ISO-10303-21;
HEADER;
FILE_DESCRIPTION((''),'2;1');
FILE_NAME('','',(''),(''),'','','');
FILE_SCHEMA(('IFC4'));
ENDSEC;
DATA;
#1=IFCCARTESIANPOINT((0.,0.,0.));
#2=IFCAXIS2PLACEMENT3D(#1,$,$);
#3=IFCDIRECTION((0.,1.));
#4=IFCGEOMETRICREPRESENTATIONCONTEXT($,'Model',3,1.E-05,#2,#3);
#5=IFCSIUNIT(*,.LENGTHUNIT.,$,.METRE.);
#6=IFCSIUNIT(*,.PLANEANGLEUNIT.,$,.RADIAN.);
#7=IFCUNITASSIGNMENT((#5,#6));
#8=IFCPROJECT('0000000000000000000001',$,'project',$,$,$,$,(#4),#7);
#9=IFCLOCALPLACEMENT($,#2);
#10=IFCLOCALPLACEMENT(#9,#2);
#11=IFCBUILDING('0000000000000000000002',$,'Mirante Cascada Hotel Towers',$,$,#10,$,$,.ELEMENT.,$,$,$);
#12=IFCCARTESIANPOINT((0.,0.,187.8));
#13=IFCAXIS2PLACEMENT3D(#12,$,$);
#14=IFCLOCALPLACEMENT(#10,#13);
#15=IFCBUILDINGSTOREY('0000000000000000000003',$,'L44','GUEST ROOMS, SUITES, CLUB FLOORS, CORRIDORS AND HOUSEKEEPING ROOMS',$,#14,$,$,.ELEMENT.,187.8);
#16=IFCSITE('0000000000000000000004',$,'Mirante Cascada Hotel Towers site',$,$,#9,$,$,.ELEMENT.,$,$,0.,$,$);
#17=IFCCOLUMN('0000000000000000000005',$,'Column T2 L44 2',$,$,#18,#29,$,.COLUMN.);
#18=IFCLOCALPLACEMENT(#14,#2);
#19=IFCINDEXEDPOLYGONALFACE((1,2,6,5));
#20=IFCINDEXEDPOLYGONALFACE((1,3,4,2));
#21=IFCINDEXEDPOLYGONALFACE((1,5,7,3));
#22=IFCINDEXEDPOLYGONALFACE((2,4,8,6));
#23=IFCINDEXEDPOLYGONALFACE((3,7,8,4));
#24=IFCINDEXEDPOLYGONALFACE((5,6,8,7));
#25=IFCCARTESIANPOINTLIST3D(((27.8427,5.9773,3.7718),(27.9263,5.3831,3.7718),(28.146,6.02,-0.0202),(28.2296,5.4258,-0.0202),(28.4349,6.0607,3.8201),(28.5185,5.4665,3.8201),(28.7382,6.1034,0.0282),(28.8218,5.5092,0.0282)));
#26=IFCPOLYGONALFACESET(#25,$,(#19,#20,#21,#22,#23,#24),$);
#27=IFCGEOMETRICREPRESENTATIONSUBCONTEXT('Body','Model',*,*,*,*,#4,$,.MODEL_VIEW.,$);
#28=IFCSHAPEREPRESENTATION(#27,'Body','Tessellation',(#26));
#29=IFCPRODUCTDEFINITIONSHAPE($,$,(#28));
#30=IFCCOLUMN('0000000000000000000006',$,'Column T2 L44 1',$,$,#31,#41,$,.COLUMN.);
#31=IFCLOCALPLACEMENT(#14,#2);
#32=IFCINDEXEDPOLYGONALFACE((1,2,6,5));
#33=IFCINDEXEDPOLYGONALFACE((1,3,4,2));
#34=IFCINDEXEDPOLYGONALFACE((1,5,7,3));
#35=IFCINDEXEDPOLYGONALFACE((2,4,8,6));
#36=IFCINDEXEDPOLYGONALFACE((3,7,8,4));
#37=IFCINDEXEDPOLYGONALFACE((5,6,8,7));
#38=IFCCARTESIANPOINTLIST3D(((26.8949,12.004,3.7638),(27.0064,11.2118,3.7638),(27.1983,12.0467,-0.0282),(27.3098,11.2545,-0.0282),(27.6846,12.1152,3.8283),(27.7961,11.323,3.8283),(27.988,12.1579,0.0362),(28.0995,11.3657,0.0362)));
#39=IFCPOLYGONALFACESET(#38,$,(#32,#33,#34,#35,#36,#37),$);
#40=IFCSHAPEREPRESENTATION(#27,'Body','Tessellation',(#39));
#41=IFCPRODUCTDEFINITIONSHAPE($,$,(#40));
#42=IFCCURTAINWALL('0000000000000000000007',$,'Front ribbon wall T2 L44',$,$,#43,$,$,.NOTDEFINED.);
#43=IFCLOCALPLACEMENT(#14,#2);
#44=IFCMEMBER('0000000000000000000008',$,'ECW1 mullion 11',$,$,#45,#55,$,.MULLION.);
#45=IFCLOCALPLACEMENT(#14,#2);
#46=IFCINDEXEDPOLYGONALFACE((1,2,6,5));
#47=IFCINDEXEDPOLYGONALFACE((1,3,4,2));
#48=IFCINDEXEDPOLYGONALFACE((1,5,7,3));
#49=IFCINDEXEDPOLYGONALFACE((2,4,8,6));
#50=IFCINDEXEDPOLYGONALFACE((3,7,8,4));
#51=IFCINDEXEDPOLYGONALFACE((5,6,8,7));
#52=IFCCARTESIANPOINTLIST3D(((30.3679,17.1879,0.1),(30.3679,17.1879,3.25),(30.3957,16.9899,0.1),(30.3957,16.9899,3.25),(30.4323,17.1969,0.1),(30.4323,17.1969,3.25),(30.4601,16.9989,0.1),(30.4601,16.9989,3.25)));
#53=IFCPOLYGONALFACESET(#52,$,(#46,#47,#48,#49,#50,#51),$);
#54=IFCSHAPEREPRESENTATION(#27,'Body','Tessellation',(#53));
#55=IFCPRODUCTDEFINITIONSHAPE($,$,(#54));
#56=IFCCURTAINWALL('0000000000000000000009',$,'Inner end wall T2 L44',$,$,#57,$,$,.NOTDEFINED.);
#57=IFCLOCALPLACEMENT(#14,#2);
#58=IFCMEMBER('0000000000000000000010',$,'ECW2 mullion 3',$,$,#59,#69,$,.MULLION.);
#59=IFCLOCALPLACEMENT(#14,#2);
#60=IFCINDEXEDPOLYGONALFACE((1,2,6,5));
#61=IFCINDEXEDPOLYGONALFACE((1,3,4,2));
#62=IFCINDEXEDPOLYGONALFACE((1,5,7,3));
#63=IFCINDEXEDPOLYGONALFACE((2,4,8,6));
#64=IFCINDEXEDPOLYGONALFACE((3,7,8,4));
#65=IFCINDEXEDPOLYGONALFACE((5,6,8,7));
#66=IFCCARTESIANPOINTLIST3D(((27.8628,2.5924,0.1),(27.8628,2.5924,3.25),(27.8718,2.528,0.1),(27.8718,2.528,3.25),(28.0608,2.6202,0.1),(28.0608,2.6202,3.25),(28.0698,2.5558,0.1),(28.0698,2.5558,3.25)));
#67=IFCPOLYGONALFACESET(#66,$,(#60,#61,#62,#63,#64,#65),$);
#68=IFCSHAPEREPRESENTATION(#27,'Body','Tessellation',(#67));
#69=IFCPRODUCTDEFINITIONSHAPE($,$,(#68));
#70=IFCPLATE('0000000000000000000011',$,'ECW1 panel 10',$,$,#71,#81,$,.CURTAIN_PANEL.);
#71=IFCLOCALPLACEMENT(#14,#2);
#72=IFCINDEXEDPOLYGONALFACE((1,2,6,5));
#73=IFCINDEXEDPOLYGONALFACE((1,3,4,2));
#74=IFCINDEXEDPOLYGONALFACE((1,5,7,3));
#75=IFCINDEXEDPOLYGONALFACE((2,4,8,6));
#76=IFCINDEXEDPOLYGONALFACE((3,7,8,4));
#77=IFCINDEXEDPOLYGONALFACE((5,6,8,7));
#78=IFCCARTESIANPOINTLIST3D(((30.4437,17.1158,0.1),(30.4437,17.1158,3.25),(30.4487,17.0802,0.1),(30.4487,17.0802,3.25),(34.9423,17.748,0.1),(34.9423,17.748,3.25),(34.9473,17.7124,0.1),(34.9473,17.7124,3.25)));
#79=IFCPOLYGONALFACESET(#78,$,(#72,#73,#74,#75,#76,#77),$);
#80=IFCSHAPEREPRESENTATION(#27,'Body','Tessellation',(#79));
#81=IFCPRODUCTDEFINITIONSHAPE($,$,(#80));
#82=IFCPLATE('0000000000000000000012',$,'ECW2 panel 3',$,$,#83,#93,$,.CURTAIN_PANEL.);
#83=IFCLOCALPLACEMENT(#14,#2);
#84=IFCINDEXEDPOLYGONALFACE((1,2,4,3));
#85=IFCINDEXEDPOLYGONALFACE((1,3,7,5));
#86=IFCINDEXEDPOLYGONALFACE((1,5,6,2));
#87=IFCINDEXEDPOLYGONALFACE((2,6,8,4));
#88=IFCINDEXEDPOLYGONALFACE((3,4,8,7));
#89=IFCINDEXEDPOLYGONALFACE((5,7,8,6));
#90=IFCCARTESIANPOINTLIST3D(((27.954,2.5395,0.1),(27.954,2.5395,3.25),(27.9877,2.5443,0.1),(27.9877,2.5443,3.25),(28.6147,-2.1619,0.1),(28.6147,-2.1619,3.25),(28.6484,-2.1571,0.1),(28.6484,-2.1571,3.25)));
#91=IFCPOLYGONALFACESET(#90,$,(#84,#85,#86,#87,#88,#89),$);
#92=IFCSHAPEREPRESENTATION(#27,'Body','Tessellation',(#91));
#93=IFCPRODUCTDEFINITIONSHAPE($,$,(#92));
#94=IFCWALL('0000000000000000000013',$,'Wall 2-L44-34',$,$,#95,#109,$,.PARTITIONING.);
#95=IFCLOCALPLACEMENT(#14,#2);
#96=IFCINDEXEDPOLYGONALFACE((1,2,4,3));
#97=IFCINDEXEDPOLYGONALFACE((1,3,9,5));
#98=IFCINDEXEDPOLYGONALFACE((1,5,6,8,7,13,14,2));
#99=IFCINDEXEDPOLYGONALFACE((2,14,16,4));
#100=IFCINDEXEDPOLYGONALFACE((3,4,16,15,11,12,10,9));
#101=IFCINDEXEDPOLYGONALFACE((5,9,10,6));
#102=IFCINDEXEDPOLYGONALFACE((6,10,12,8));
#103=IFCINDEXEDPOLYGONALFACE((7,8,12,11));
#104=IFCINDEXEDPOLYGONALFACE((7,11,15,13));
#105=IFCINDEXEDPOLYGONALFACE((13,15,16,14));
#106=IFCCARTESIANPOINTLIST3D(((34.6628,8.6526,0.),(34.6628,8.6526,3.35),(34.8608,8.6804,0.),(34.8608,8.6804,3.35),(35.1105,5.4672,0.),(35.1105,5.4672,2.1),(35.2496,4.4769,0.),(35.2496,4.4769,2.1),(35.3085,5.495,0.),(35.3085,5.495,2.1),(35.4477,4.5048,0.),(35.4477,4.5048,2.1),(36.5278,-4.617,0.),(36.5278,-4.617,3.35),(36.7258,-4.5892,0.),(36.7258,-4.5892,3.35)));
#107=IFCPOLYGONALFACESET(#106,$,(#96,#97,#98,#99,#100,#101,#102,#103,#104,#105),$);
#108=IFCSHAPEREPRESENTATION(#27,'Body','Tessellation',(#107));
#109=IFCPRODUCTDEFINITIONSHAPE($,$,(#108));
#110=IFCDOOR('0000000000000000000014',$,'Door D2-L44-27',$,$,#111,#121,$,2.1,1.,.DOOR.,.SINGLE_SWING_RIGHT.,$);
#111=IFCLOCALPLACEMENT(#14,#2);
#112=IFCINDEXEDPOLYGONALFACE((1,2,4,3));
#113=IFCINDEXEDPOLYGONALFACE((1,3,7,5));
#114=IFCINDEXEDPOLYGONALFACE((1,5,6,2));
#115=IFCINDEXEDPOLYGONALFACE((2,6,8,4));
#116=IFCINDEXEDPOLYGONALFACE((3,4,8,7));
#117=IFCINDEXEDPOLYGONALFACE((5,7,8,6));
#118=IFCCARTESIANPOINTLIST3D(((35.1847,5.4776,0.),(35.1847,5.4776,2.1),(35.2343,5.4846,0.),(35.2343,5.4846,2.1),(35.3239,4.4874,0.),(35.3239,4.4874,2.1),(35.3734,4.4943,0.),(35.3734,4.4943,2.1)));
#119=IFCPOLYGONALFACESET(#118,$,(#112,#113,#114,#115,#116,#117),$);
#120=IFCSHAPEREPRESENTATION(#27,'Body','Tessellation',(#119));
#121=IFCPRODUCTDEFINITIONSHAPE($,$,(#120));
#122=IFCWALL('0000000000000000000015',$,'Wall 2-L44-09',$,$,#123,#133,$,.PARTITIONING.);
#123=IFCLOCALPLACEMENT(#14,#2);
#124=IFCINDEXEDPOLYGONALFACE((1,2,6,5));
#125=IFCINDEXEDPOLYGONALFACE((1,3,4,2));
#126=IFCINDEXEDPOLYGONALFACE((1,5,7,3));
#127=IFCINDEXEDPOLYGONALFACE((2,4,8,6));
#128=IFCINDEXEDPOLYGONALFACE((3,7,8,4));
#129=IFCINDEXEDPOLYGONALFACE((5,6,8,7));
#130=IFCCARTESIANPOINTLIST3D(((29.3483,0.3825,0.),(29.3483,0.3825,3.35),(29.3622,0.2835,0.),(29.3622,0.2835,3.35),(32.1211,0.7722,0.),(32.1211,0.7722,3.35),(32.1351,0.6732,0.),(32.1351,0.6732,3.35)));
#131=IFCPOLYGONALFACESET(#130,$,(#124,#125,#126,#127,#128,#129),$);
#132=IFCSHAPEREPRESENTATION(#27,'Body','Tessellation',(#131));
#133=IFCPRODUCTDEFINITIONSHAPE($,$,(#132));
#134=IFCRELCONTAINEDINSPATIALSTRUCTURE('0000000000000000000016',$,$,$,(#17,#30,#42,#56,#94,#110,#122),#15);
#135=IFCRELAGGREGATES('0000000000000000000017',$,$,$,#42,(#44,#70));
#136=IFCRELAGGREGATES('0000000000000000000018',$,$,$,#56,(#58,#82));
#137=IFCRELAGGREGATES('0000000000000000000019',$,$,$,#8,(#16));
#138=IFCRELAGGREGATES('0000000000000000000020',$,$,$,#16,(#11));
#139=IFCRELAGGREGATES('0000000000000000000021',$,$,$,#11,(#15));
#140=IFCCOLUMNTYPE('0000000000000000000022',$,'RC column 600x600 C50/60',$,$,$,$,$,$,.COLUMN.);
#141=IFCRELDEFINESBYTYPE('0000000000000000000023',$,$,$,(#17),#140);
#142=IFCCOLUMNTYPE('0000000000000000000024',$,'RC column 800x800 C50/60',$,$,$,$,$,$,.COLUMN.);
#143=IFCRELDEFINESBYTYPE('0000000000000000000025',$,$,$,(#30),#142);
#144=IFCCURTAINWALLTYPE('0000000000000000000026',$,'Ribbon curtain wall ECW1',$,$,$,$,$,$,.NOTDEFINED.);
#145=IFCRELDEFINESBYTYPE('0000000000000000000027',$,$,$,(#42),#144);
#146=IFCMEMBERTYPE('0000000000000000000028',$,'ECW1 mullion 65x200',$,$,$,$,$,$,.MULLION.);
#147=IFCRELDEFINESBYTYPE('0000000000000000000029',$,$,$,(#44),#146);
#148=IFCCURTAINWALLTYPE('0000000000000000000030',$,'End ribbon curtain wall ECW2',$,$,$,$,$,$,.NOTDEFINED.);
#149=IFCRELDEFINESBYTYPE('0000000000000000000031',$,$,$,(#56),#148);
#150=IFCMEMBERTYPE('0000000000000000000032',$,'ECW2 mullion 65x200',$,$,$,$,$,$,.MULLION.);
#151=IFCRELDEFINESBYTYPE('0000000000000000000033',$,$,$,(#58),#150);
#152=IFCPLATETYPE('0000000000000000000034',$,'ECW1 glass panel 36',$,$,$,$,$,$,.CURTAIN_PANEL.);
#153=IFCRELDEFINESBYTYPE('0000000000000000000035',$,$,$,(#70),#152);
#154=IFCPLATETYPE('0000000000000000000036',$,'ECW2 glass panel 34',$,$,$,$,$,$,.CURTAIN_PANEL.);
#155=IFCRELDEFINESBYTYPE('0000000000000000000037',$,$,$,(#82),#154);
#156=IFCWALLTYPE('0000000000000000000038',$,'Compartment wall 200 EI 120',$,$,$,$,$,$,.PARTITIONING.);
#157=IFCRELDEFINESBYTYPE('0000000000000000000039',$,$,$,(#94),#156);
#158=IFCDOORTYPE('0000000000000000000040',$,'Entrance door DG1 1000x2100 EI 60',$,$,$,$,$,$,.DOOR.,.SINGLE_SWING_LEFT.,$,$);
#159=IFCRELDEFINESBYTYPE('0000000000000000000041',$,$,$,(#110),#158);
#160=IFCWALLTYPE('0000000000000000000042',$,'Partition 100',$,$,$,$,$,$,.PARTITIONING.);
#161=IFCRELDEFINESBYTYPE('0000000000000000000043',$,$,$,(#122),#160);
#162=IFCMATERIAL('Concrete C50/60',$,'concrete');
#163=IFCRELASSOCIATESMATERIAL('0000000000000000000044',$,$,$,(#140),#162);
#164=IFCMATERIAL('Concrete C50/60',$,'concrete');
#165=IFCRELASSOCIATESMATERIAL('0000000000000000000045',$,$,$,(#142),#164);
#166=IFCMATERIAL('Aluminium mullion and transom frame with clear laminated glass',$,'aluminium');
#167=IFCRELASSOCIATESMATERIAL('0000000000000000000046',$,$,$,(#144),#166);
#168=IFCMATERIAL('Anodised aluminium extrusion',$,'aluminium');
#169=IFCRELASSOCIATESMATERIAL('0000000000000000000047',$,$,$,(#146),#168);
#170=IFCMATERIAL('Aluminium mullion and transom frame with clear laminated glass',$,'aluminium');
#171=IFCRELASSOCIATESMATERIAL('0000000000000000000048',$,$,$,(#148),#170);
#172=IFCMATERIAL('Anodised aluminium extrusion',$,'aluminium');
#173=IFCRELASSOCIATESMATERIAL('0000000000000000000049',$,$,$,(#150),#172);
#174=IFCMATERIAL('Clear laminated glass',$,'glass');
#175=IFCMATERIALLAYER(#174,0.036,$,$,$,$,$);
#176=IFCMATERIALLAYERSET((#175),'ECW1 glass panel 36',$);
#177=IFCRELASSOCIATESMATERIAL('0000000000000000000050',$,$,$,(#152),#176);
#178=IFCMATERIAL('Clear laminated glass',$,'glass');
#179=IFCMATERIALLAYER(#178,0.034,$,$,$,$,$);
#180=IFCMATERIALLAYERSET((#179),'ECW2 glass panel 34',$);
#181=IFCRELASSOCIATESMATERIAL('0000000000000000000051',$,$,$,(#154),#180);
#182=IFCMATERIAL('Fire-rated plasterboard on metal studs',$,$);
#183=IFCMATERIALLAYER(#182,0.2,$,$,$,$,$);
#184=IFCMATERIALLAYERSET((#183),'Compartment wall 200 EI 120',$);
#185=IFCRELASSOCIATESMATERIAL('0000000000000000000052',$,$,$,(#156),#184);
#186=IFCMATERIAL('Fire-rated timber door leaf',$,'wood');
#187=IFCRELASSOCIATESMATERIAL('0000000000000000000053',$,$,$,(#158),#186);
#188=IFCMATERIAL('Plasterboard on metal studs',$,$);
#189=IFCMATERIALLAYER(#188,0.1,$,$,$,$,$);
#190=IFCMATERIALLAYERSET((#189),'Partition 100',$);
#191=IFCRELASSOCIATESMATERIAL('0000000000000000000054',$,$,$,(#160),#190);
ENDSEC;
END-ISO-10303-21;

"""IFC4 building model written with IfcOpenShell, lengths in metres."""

from ifc_helpers import new_model, si_unit, direction, frame, frame_2d, origin, origin_2d, place, context, subcontext, project, spatial, rectangle, extrude, material, layer, layer_set, material_profile, profile_set, type_object, element, fill, aggregate, save


model = new_model("IFC4")

# Units and contexts
model_context = context("Model", 3, precision=1e-05, world=origin(), true_north=direction((0.0, 1.0)))
body_context = subcontext(model_context, "Body", "Model", "MODEL_VIEW")
ifc_project = project(units=[si_unit("LENGTHUNIT", "METRE"), si_unit("PLANEANGLEUNIT", "RADIAN")], contexts=[model_context])

# Site, building, storey
site_placement = place(None, origin())
site = spatial("IfcSite", under=ifc_project, at=site_placement, Name="Mirante Cascada Hotel Towers site", CompositionType="ELEMENT", RefElevation=0.0)
building_placement = place(site_placement, origin())
building = spatial("IfcBuilding", under=site, at=building_placement, Name="Mirante Cascada Hotel Towers", CompositionType="ELEMENT")
storey_placement = place(building_placement, frame((0.0, 0.0, 187.8)))
storey = spatial("IfcBuildingStorey", under=building, at=storey_placement, Name="L44", Description="GUEST ROOMS, SUITES, CLUB FLOORS, CORRIDORS AND HOUSEKEEPING ROOMS", CompositionType="ELEMENT", Elevation=187.8)

# Columns
ifc_material_1 = material(Name="Concrete C50/60", Category="concrete")
ifc_material_profile_1 = material_profile(ifc_material_1, rectangle(XDim=0.6, YDim=0.6, at=origin_2d()), Name="RC column 600x600 C50/60")
ifc_profile_set_1 = profile_set([ifc_material_profile_1], Name="Concrete C50/60")
column_type_1 = type_object("IfcColumnType", Name="RC column 600x600 C50/60", PredefinedType="COLUMN", material=ifc_profile_set_1)
column_1_placement = place(storey_placement, frame((28.4839, 5.7646, 0.004), z_axis=(-0.079725, -0.011224, 0.996754), x_axis=(0.13941, -0.990235, 0.0)))
element("IfcColumn", 1, at=column_1_placement, inside=storey, type_object=column_type_1, Name="Column T2 L44 2", PredefinedType="COLUMN", context=body_context, shape_type="SweptSolid", body=[
    extrude(rectangle(XDim=0.6, YDim=0.6, at=origin_2d()), origin(), (0.0, 0.0, 1.0), 3.8043),
])
ifc_material_2 = material(Name="Concrete C50/60", Category="concrete")
ifc_material_profile_2 = material_profile(ifc_material_2, rectangle(XDim=0.8, YDim=0.8, at=origin_2d()), Name="RC column 800x800 C50/60")
ifc_profile_set_2 = profile_set([ifc_material_profile_2], Name="Concrete C50/60")
column_type_2 = type_object("IfcColumnType", Name="RC column 800x800 C50/60", PredefinedType="COLUMN", material=ifc_profile_set_2)
column_2_placement = place(storey_placement, frame((27.6489, 11.7062, 0.004), z_axis=(-0.079751, -0.011224, 0.996752), x_axis=(0.139365, -0.990241, 0.0)))
element("IfcColumn", 2, at=column_2_placement, inside=storey, type_object=column_type_2, Name="Column T2 L44 1", PredefinedType="COLUMN", context=body_context, shape_type="SweptSolid", body=[
    extrude(rectangle(XDim=0.8, YDim=0.8, at=origin_2d()), origin(), (0.0, 0.0, 1.0), 3.8044),
])

# Curtain walls, members
ifc_material_3 = material(Name="Aluminium mullion and transom frame with clear laminated glass", Category="aluminium")
curtain_wall_type_1 = type_object("IfcCurtainWallType", Name="Ribbon curtain wall ECW1", PredefinedType="NOTDEFINED", material=ifc_material_3)
curtain_wall_1_placement = place(storey_placement, origin())
curtain_wall_1 = element("IfcCurtainWall", 3, at=curtain_wall_1_placement, inside=storey, type_object=curtain_wall_type_1, Name="Front ribbon wall T2 L44", PredefinedType="NOTDEFINED")
ifc_material_4 = material(Name="Anodised aluminium extrusion", Category="aluminium")
ifc_material_profile_3 = material_profile(ifc_material_4, rectangle(XDim=0.2, YDim=0.065, at=origin_2d()), Name="ECW1 MULLION 65x200")
ifc_profile_set_3 = profile_set([ifc_material_profile_3], Name="Anodised aluminium extrusion")
member_type_1 = type_object("IfcMemberType", Name="ECW1 mullion 65x200", PredefinedType="MULLION", material=ifc_profile_set_3)
member_1_placement = place(storey_placement, frame((30.414, 17.0934, 0.1), z_axis=(0.0, 0.0, 1.0), x_axis=(0.139173, -0.990268, 0.0)))
member_1 = element("IfcMember", 4, at=member_1_placement, type_object=member_type_1, Name="ECW1 mullion 11", PredefinedType="MULLION", context=body_context, shape_type="SweptSolid", body=[
    extrude(rectangle(XDim=0.2, YDim=0.065, at=origin_2d()), origin(), (0.0, 0.0, 1.0), 3.15),
])
ifc_material_5 = material(Name="Aluminium mullion and transom frame with clear laminated glass", Category="aluminium")
curtain_wall_type_2 = type_object("IfcCurtainWallType", Name="End ribbon curtain wall ECW2", PredefinedType="NOTDEFINED", material=ifc_material_5)
curtain_wall_2_placement = place(storey_placement, origin())
curtain_wall_2 = element("IfcCurtainWall", 5, at=curtain_wall_2_placement, inside=storey, type_object=curtain_wall_type_2, Name="Inner end wall T2 L44", PredefinedType="NOTDEFINED")
ifc_material_6 = material(Name="Anodised aluminium extrusion", Category="aluminium")
ifc_material_profile_4 = material_profile(ifc_material_6, rectangle(XDim=0.2, YDim=0.065, at=origin_2d()), Name="ECW2 MULLION 65x200")
ifc_profile_set_4 = profile_set([ifc_material_profile_4], Name="Anodised aluminium extrusion")
member_type_2 = type_object("IfcMemberType", Name="ECW2 mullion 65x200", PredefinedType="MULLION", material=ifc_profile_set_4)
member_2_placement = place(storey_placement, frame((27.9663, 2.5741, 0.1), z_axis=(0.0, 0.0, 1.0), x_axis=(0.990268, 0.139173, 0.0)))
member_2 = element("IfcMember", 6, at=member_2_placement, type_object=member_type_2, Name="ECW2 mullion 3", PredefinedType="MULLION", context=body_context, shape_type="SweptSolid", body=[
    extrude(rectangle(XDim=0.2, YDim=0.065, at=origin_2d()), origin(), (0.0, 0.0, 1.0), 3.15),
])

# Plates
ifc_material_7 = material(Name="Clear laminated glass", Category="glass")
ifc_layer_1 = layer(ifc_material_7, 0.036)
ifc_layer_set_1 = layer_set([ifc_layer_1], Name="ECW1 glass panel 36")
plate_type_1 = type_object("IfcPlateType", Name="ECW1 glass panel 36", PredefinedType="CURTAIN_PANEL", material=ifc_layer_set_1)
plate_1_placement = place(storey_placement, frame((32.6955, 17.4141, 0.1), z_axis=(0.0, 0.0, 1.0), x_axis=(-0.990268, -0.139173, 0.0)))
plate_1 = element("IfcPlate", 7, at=plate_1_placement, type_object=plate_type_1, Name="ECW1 panel 10", PredefinedType="CURTAIN_PANEL", context=body_context, shape_type="SweptSolid", body=[
    extrude(rectangle(XDim=4.5428, YDim=0.036, at=origin_2d()), origin(), (0.0, 0.0, 1.0), 3.15),
])
aggregate(curtain_wall_1, [member_1, plate_1])
ifc_material_8 = material(Name="Clear laminated glass", Category="glass")
ifc_layer_2 = layer(ifc_material_8, 0.034)
ifc_layer_set_2 = layer_set([ifc_layer_2], Name="ECW2 glass panel 34")
plate_type_2 = type_object("IfcPlateType", Name="ECW2 glass panel 34", PredefinedType="CURTAIN_PANEL", material=ifc_layer_set_2)
plate_2_placement = place(storey_placement, frame((28.3012, 0.1912, 0.1), z_axis=(0.0, 0.0, 1.0), x_axis=(0.139173, -0.990268, 0.0)))
plate_2 = element("IfcPlate", 8, at=plate_2_placement, type_object=plate_type_2, Name="ECW2 panel 3", PredefinedType="CURTAIN_PANEL", context=body_context, shape_type="SweptSolid", body=[
    extrude(rectangle(XDim=4.7476, YDim=0.034, at=origin_2d()), origin(), (0.0, 0.0, 1.0), 3.15),
])
aggregate(curtain_wall_2, [member_2, plate_2])

# Wall, opening, door
ifc_material_9 = material(Name="Fire-rated plasterboard on metal studs")
ifc_layer_3 = layer(ifc_material_9, 0.2)
ifc_layer_set_3 = layer_set([ifc_layer_3], Name="Compartment wall 200 EI 120")
wall_type_1 = type_object("IfcWallType", Name="Compartment wall 200 EI 120", PredefinedType="PARTITIONING", material=ifc_layer_set_3)
wall_1_placement = place(storey_placement, frame((34.7618, 8.6665, 0.0), z_axis=(0.0, 0.0, 1.0), x_axis=(0.139179, -0.990267, 0.0)))
wall_1 = element("IfcWall", 9, at=wall_1_placement, inside=storey, type_object=wall_type_1, Name="Wall 2-L44-34", PredefinedType="PARTITIONING", context=body_context, shape_type="SweptSolid", body=[
    extrude(rectangle(XDim=13.4, YDim=0.2, at=frame_2d((6.7, 0.0))), origin(), (0.0, 0.0, 1.0), 3.35),
])
opening_1_placement = place(wall_1_placement, frame((3.2167, 0.0, 0.0)))
opening_1 = element("IfcOpeningElement", 10, at=opening_1_placement, cuts=wall_1, PredefinedType="OPENING", context=body_context, shape_type="SweptSolid", body=[
    extrude(rectangle(XDim=1.0, YDim=2.1, at=frame_2d((0.5, 1.05))), frame((0.0, 0.1, 0.0), z_axis=(0.0, -1.0, 0.0), x_axis=(1.0, 0.0, 0.0)), (0.0, 0.0, 1.0), 0.2),
])
ifc_material_10 = material(Name="Fire-rated timber door leaf", Category="wood")
door_type_1 = type_object("IfcDoorType", Name="Entrance door DG1 1000x2100 EI 60", OperationType="SINGLE_SWING_LEFT", PredefinedType="DOOR", material=ifc_material_10)
door_1_placement = place(opening_1_placement, frame((1.0, 0.0, 0.0), z_axis=(0.0, 0.0, 1.0), x_axis=(-1.0, 0.0, 0.0)))
door_1 = element("IfcDoor", 11, at=door_1_placement, inside=storey, type_object=door_type_1, Name="Door D2-L44-27", OperationType="SINGLE_SWING_RIGHT", OverallHeight=2.1, OverallWidth=1.0, PredefinedType="DOOR", context=body_context, shape_type="SweptSolid", body=[
    extrude(rectangle(XDim=1.0, YDim=2.1, at=frame_2d((0.5, 1.05))), frame((0.0, 0.025, 0.0), z_axis=(0.0, -1.0, 0.0), x_axis=(1.0, 0.0, 0.0)), (0.0, 0.0, 1.0), 0.05),
])
fill(opening_1, door_1)

# Wall
ifc_material_11 = material(Name="Plasterboard on metal studs")
ifc_layer_4 = layer(ifc_material_11, 0.1)
ifc_layer_set_4 = layer_set([ifc_layer_4], Name="Partition 100")
wall_type_2 = type_object("IfcWallType", Name="Partition 100", PredefinedType="PARTITIONING", material=ifc_layer_set_4)
wall_2_placement = place(storey_placement, frame((29.3553, 0.333, 0.0), z_axis=(0.0, 0.0, 1.0), x_axis=(0.990268, 0.139176, 0.0)))
element("IfcWall", 12, at=wall_2_placement, inside=storey, type_object=wall_type_2, Name="Wall 2-L44-09", PredefinedType="PARTITIONING", context=body_context, shape_type="SweptSolid", body=[
    extrude(rectangle(XDim=2.8001, YDim=0.1, at=frame_2d((1.4, 0.0))), origin(), (0.0, 0.0, 1.0), 3.35),
])

save(model, "model.ifc")
